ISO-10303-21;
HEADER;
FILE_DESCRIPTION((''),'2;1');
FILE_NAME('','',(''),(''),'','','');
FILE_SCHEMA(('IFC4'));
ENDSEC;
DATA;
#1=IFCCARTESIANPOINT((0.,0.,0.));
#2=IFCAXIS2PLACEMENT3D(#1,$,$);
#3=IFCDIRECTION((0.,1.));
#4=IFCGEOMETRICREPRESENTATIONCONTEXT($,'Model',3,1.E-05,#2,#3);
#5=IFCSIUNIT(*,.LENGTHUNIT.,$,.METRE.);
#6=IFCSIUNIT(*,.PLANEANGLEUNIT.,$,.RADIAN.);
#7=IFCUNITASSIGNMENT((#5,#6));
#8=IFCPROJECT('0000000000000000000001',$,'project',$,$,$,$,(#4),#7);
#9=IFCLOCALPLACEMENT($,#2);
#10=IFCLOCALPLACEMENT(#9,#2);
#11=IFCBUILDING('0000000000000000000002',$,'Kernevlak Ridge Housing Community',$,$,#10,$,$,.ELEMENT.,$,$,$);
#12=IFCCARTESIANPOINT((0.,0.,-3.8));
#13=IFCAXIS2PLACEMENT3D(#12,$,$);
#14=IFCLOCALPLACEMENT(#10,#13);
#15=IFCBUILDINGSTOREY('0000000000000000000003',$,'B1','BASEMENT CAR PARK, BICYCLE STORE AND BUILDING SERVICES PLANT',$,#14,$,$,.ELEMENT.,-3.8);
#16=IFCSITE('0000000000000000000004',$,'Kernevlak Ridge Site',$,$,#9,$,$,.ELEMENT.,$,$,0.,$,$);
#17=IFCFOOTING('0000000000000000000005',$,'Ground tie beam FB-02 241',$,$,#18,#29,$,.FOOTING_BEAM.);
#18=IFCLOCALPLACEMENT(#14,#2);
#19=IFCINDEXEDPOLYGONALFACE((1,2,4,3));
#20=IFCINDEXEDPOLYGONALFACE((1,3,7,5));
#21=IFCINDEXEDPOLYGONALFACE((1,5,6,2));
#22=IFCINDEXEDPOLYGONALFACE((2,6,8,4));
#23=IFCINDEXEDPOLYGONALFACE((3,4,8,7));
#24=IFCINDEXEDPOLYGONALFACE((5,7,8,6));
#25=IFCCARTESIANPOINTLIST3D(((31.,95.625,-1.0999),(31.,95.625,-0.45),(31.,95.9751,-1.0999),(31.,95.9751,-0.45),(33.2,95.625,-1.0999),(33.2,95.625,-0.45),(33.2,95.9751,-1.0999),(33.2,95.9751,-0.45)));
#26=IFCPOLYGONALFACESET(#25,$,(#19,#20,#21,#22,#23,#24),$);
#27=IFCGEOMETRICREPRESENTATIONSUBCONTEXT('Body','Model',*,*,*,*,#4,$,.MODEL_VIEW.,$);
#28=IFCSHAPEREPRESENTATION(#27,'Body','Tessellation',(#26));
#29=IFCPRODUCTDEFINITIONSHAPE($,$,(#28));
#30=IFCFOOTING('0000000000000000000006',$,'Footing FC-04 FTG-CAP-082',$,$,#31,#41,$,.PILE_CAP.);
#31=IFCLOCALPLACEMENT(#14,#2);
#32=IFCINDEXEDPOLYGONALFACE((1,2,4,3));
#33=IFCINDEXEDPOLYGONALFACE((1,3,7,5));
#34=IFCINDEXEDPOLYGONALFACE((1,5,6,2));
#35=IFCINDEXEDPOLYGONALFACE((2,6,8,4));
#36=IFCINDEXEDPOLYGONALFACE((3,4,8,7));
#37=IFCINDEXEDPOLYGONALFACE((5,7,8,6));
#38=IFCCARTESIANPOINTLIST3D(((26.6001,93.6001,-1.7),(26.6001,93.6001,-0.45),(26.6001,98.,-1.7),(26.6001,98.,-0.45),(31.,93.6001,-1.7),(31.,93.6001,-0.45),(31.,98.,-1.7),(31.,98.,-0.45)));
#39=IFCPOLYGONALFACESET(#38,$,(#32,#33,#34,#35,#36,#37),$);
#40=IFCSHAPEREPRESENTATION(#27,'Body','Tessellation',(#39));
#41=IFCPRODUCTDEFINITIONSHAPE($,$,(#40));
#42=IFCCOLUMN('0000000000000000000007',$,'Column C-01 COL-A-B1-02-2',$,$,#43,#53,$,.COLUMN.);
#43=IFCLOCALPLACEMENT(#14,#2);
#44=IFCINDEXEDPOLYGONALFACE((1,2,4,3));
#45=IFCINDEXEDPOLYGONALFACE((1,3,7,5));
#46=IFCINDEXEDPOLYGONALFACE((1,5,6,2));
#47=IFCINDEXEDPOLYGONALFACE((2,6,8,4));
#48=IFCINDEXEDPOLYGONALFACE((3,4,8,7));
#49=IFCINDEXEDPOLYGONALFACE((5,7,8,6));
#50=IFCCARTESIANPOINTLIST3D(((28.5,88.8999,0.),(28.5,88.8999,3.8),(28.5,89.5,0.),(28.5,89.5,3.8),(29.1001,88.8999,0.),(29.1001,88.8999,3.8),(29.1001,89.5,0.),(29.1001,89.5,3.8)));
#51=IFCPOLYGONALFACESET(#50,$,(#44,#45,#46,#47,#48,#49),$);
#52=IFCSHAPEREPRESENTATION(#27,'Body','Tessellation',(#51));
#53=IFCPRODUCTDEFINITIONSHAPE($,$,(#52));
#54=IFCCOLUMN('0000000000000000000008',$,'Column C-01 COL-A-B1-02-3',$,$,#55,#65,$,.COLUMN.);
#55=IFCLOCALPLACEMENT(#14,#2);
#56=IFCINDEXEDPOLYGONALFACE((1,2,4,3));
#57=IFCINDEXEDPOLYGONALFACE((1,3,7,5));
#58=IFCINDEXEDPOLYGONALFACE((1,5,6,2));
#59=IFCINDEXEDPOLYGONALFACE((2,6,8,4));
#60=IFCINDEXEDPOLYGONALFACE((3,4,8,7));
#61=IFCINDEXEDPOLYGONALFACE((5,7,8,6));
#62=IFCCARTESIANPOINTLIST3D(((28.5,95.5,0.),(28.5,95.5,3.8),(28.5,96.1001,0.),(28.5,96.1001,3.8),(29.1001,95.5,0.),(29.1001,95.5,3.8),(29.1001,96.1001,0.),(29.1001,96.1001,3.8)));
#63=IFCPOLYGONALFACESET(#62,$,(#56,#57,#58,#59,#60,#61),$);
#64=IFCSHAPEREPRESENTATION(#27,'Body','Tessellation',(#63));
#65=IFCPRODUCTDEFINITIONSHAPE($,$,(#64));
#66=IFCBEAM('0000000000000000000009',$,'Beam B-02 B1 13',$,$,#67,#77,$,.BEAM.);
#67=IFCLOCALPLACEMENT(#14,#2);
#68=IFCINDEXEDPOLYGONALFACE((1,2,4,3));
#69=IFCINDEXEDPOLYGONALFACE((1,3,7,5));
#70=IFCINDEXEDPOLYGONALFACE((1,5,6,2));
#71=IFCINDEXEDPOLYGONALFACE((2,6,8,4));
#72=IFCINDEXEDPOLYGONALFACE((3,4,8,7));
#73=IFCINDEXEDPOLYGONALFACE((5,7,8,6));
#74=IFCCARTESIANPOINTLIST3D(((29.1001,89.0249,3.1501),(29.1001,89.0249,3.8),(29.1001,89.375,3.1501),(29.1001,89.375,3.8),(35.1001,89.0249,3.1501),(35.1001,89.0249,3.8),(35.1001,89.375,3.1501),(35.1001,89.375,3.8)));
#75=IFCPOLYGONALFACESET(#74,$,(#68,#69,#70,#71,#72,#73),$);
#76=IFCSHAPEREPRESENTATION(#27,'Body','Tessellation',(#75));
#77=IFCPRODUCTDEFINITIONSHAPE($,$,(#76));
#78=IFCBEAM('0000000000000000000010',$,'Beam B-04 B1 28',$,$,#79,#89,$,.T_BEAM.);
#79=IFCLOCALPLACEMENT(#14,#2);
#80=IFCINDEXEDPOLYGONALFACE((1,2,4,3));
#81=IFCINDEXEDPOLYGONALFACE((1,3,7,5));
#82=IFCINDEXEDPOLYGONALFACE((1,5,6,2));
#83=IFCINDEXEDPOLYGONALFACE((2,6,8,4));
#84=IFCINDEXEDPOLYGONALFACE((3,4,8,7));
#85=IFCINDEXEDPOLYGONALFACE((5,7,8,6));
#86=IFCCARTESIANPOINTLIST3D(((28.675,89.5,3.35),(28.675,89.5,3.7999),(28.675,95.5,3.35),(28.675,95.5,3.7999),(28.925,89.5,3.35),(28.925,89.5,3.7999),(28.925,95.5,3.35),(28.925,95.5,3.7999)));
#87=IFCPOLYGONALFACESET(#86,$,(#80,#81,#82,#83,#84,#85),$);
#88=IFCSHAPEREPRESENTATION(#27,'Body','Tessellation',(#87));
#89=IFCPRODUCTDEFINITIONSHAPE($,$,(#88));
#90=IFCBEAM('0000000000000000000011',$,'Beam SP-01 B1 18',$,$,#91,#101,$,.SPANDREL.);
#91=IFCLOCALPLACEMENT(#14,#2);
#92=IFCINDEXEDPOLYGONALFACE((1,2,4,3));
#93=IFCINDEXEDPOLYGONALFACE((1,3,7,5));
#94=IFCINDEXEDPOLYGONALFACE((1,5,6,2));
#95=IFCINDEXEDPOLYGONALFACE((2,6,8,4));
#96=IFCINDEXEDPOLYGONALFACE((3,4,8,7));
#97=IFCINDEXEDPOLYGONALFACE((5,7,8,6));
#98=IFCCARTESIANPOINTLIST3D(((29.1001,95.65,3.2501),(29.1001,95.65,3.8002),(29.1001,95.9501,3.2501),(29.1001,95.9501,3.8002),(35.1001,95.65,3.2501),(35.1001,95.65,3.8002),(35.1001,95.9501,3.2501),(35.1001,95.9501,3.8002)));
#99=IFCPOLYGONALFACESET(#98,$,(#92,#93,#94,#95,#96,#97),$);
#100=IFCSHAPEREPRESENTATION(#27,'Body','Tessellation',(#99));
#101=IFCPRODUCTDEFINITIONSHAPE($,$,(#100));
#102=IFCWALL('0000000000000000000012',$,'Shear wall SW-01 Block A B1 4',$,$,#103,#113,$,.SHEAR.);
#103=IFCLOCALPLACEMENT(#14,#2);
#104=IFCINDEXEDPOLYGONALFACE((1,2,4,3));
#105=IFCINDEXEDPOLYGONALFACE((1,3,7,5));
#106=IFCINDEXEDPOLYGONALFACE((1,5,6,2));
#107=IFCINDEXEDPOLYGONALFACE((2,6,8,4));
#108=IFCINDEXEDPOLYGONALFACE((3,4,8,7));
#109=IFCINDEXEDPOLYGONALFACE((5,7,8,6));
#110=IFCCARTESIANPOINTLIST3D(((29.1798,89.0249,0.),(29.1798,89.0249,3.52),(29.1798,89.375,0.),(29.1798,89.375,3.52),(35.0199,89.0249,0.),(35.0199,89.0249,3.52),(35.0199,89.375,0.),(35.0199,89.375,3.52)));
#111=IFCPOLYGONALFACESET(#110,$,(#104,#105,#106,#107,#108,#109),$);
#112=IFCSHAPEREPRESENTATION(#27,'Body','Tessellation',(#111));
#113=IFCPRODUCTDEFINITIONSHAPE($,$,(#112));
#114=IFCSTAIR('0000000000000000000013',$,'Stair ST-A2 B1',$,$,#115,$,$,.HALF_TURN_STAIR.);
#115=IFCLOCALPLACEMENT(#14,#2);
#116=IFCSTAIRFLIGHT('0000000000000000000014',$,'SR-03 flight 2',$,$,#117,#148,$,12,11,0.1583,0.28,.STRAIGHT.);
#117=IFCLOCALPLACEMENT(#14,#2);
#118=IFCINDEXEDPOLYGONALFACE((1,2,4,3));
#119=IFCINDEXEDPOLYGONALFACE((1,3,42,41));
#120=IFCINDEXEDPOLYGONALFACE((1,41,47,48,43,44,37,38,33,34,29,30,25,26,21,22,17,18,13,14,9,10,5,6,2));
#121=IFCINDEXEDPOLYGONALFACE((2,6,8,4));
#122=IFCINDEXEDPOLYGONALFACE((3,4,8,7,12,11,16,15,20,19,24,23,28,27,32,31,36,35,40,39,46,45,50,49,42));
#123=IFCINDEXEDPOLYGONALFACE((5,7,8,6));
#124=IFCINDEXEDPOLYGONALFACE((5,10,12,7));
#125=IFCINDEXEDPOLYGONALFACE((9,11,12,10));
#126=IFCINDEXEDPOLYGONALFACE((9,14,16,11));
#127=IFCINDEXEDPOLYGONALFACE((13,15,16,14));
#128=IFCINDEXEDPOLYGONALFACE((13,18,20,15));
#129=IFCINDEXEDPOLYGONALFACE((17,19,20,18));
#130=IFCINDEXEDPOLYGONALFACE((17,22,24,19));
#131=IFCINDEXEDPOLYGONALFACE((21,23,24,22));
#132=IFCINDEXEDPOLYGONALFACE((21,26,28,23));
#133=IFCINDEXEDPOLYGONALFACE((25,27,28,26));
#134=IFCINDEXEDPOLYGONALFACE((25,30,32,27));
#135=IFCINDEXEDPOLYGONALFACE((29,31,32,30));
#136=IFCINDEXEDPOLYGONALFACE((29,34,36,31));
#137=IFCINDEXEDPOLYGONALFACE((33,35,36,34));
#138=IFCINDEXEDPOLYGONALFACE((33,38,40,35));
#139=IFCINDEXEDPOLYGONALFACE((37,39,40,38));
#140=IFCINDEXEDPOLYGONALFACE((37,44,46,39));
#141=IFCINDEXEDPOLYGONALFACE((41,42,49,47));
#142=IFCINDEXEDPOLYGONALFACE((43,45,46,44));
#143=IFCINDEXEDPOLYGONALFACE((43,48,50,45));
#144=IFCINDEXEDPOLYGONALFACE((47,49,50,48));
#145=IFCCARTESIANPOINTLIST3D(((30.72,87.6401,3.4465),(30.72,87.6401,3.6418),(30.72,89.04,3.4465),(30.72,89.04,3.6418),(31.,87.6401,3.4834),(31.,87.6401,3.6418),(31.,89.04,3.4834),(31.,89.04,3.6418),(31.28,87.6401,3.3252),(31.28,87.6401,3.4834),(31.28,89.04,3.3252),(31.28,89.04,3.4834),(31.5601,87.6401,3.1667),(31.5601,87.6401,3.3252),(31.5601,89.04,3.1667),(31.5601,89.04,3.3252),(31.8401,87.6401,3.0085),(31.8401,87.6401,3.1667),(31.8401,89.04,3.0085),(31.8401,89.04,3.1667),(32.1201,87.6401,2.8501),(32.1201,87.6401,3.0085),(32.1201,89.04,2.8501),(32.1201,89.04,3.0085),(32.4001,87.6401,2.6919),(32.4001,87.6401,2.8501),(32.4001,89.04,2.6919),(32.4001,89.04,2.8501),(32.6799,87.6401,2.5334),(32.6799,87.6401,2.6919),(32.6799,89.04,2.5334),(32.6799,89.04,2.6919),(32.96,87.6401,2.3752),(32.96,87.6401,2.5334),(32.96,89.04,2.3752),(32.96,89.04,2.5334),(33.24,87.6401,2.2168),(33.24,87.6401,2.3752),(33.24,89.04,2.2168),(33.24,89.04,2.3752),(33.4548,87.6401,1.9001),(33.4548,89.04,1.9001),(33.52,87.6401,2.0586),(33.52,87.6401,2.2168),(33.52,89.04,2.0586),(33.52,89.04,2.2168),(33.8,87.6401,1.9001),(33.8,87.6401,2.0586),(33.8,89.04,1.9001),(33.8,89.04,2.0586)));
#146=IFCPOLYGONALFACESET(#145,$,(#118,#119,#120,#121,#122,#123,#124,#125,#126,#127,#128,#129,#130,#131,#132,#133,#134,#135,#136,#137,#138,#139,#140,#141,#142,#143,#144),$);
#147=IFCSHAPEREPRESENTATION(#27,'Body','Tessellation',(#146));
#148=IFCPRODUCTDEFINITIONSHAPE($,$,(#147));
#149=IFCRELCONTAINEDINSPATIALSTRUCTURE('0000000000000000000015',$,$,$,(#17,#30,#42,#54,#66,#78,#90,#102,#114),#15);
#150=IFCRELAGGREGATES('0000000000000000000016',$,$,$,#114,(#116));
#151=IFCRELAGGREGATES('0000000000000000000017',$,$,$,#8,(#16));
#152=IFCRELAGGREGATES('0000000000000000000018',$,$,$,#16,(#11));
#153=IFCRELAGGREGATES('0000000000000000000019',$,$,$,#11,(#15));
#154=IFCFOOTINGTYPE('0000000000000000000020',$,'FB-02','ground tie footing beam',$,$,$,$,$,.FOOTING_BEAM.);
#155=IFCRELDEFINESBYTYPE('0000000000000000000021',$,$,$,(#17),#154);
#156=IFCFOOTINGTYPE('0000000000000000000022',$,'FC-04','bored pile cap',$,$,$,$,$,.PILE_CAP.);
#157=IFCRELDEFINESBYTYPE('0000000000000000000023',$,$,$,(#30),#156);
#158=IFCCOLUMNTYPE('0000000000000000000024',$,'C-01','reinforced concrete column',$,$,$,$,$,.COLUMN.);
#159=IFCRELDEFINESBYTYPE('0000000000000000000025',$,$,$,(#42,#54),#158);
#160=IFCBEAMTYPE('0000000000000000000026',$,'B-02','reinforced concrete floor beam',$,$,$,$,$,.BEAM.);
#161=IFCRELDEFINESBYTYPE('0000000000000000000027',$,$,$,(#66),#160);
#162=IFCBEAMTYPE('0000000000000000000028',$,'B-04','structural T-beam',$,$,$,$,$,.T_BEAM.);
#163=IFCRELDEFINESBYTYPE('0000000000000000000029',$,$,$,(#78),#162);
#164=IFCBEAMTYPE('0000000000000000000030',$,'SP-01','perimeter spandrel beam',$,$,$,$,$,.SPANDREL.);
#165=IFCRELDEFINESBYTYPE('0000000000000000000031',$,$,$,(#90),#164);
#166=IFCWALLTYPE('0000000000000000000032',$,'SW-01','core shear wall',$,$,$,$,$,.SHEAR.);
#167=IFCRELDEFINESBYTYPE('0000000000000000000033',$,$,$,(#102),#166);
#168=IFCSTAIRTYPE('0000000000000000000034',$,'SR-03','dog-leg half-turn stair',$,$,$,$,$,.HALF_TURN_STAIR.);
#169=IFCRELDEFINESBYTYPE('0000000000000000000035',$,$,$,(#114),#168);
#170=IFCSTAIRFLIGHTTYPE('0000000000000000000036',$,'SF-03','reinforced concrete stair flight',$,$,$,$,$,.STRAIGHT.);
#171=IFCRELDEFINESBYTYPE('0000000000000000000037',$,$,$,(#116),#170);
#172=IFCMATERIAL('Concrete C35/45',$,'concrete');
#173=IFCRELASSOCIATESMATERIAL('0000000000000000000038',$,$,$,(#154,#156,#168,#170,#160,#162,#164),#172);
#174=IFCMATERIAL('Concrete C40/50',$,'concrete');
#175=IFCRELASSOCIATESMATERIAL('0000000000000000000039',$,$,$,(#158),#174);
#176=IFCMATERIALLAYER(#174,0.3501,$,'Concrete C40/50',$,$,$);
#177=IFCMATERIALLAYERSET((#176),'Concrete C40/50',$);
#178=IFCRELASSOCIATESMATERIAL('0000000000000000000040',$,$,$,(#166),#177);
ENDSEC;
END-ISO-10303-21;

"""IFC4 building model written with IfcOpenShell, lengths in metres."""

from ifc_helpers import new_model, si_unit, direction, frame, frame_2d, origin, origin_2d, place, context, subcontext, project, spatial, polyline, rectangle, outline, extrude, material, layer, layer_set, material_profile, profile_set, type_object, element, aggregate, save


model = new_model("IFC4")

# Units and contexts
model_context = context("Model", 3, precision=1e-05, world=origin(), true_north=direction((0.0, 1.0)))
body_context = subcontext(model_context, "Body", "Model", "MODEL_VIEW")
ifc_project = project(units=[si_unit("LENGTHUNIT", "METRE"), si_unit("PLANEANGLEUNIT", "RADIAN")], contexts=[model_context])

# Site, building, storey
site_placement = place(None, origin())
site = spatial("IfcSite", under=ifc_project, at=site_placement, Name="Kernevlak Ridge Site", CompositionType="ELEMENT", RefElevation=0.0)
building_placement = place(site_placement, origin())
building = spatial("IfcBuilding", under=site, at=building_placement, Name="Kernevlak Ridge Housing Community", CompositionType="ELEMENT")
storey_placement = place(building_placement, frame((0.0, 0.0, -3.8)))
storey = spatial("IfcBuildingStorey", under=building, at=storey_placement, Name="B1", Description="BASEMENT CAR PARK, BICYCLE STORE AND BUILDING SERVICES PLANT", CompositionType="ELEMENT", Elevation=-3.8)

# Shared definitions
ifc_material_1 = material(Name="Concrete C35/45", Category="concrete")

# Footings
ifc_material_profile_1 = material_profile(ifc_material_1, rectangle(XDim=0.3501, YDim=0.6499, at=origin_2d()), Name="RC 350x650")
ifc_profile_set_1 = profile_set([ifc_material_profile_1], Name="Concrete C35/45")
footing_type_1 = type_object("IfcFootingType", Name="FB-02", Description="ground tie footing beam", PredefinedType="FOOTING_BEAM", material=ifc_profile_set_1)
footing_1_placement = place(storey_placement, frame((31.0, 95.8, -0.7749), z_axis=(1.0, 0.0, 0.0), x_axis=(0.0, 1.0, 0.0)))
element("IfcFooting", 1, at=footing_1_placement, inside=storey, type_object=footing_type_1, Name="Ground tie beam FB-02 241", PredefinedType="FOOTING_BEAM", context=body_context, shape_type="SweptSolid", body=[
    extrude(rectangle(XDim=0.3501, YDim=0.6499, at=origin_2d()), origin(), (0.0, 0.0, 1.0), 2.2),
])
footing_type_2 = type_object("IfcFootingType", Name="FC-04", Description="bored pile cap", PredefinedType="PILE_CAP", material=ifc_material_1)
footing_2_placement = place(storey_placement, frame((28.8, 95.8, -1.7), z_axis=(0.0, 0.0, 1.0), x_axis=(1.0, 0.0, 0.0)))
element("IfcFooting", 2, at=footing_2_placement, inside=storey, type_object=footing_type_2, Name="Footing FC-04 FTG-CAP-082", PredefinedType="PILE_CAP", context=body_context, shape_type="SweptSolid", body=[
    extrude(rectangle(XDim=4.3999, YDim=4.3999, at=origin_2d()), origin(), (0.0, 0.0, 1.0), 1.25),
])

# Columns
ifc_material_2 = material(Name="Concrete C40/50", Category="concrete")
ifc_material_profile_2 = material_profile(ifc_material_2, rectangle(XDim=0.6001, YDim=0.6001, at=origin_2d()), Name="RC 600x600")
ifc_profile_set_2 = profile_set([ifc_material_profile_2], Name="Concrete C40/50")
column_type = type_object("IfcColumnType", Name="C-01", Description="reinforced concrete column", PredefinedType="COLUMN", material=ifc_profile_set_2)
for number, where, z_axis, x_axis, name in (
    (3, (28.8, 89.2, 0.0), (0.0, 0.0, 1.0), (1.0, 0.0, 0.0), "Column C-01 COL-A-B1-02-2"),
    (4, (28.8, 95.8, 0.0), (0.0, 0.0, 1.0), (1.0, 0.0, 0.0), "Column C-01 COL-A-B1-02-3"),
):
    element("IfcColumn", number, at=place(storey_placement, frame(where, z_axis=z_axis, x_axis=x_axis)), inside=storey, type_object=column_type, Name=name, PredefinedType="COLUMN", context=body_context, shape_type="SweptSolid", body=[
        extrude(rectangle(XDim=0.6001, YDim=0.6001, at=origin_2d()), origin(), (0.0, 0.0, 1.0), 3.8),
    ])

# Beams
ifc_material_profile_3 = material_profile(ifc_material_1, rectangle(XDim=0.3501, YDim=0.6499, at=origin_2d()), Name="RC 350x650")
ifc_profile_set_3 = profile_set([ifc_material_profile_3], Name="Concrete C35/45")
beam_type_1 = type_object("IfcBeamType", Name="B-02", Description="reinforced concrete floor beam", PredefinedType="BEAM", material=ifc_profile_set_3)
beam_1_placement = place(storey_placement, frame((29.1001, 89.2, 3.4751), z_axis=(1.0, 0.0, 0.0), x_axis=(0.0, 1.0, 0.0)))
element("IfcBeam", 5, at=beam_1_placement, inside=storey, type_object=beam_type_1, Name="Beam B-02 B1 13", PredefinedType="BEAM", context=body_context, shape_type="SweptSolid", body=[
    extrude(rectangle(XDim=0.3501, YDim=0.6499, at=origin_2d()), origin(), (0.0, 0.0, 1.0), 6.0),
])
ifc_material_profile_4 = material_profile(ifc_material_1, rectangle(XDim=0.25, YDim=0.45, at=origin_2d()), Name="RC 250x450")
ifc_profile_set_4 = profile_set([ifc_material_profile_4], Name="Concrete C35/45")
beam_type_2 = type_object("IfcBeamType", Name="B-04", Description="structural T-beam", PredefinedType="T_BEAM", material=ifc_profile_set_4)
beam_2_placement = place(storey_placement, frame((28.8, 89.5, 3.575), z_axis=(0.0, 1.0, 0.0), x_axis=(-1.0, 0.0, 0.0)))
element("IfcBeam", 6, at=beam_2_placement, inside=storey, type_object=beam_type_2, Name="Beam B-04 B1 28", PredefinedType="T_BEAM", context=body_context, shape_type="SweptSolid", body=[
    extrude(rectangle(XDim=0.25, YDim=0.45, at=origin_2d()), origin(), (0.0, 0.0, 1.0), 6.0),
])
ifc_material_profile_5 = material_profile(ifc_material_1, rectangle(XDim=0.3, YDim=0.55, at=origin_2d()), Name="RC 300x550")
ifc_profile_set_5 = profile_set([ifc_material_profile_5], Name="Concrete C35/45")
beam_type_3 = type_object("IfcBeamType", Name="SP-01", Description="perimeter spandrel beam", PredefinedType="SPANDREL", material=ifc_profile_set_5)
beam_3_placement = place(storey_placement, frame((29.1001, 95.8, 3.5251), z_axis=(1.0, 0.0, 0.0), x_axis=(0.0, 1.0, 0.0)))
element("IfcBeam", 7, at=beam_3_placement, inside=storey, type_object=beam_type_3, Name="Beam SP-01 B1 18", PredefinedType="SPANDREL", context=body_context, shape_type="SweptSolid", body=[
    extrude(rectangle(XDim=0.3, YDim=0.55, at=origin_2d()), origin(), (0.0, 0.0, 1.0), 6.0),
])

# Wall
ifc_layer = layer(ifc_material_2, 0.3501, Name="Concrete C40/50")
ifc_layer_set = layer_set([ifc_layer], Name="Concrete C40/50")
wall_type = type_object("IfcWallType", Name="SW-01", Description="core shear wall", PredefinedType="SHEAR", material=ifc_layer_set)
wall_placement = place(storey_placement, frame((29.1799, 89.2, 0.0), z_axis=(0.0, 0.0, 1.0), x_axis=(1.0, 0.0, 0.0)))
element("IfcWall", 8, at=wall_placement, inside=storey, type_object=wall_type, Name="Shear wall SW-01 Block A B1 4", PredefinedType="SHEAR", context=body_context, shape_type="SweptSolid", body=[
    extrude(rectangle(XDim=5.8401, YDim=0.3501, at=frame_2d((2.9199, 0.0))), origin(), (0.0, 0.0, 1.0), 3.52),
])

# Stair, stair flight
stair_type = type_object("IfcStairType", Name="SR-03", Description="dog-leg half-turn stair", PredefinedType="HALF_TURN_STAIR", material=ifc_material_1)
stair_placement = place(storey_placement, origin())
stair = element("IfcStair", 9, at=stair_placement, inside=storey, type_object=stair_type, Name="Stair ST-A2 B1", PredefinedType="HALF_TURN_STAIR")
stair_flight_type = type_object("IfcStairFlightType", Name="SF-03", Description="reinforced concrete stair flight", PredefinedType="STRAIGHT", material=ifc_material_1)
stair_flight_placement = place(storey_placement, frame((33.8, 88.3401, 1.9001), z_axis=(0.0, 0.0, 1.0), x_axis=(-1.0, 0.0, 0.0)))
stair_flight = element("IfcStairFlight", 10, at=stair_flight_placement, type_object=stair_flight_type, Name="SR-03 flight 2", NumberOfRisers=12, NumberOfTreads=11, PredefinedType="STRAIGHT", RiserHeight=0.1583, TreadLength=0.28, context=body_context, shape_type="SweptSolid", body=[
    extrude(outline(polyline([(0.0, 0.0), (0.0, 0.1584), (0.28, 0.1584), (0.28, 0.3167), (0.5601, 0.3167), (0.5601, 0.4751), (0.8401, 0.4751), (0.8401, 0.6333), (1.1201, 0.6333), (1.1201, 0.7917), (1.3999, 0.7917), (1.3999, 0.95), (1.6799, 0.95), (1.6799, 1.1084), (1.96, 1.1084), (1.96, 1.2666), (2.24, 1.2666), (2.24, 1.425), (2.52, 1.425), (2.52, 1.5833), (2.8, 1.5833), (2.8, 1.7417), (3.0801, 1.7417), (3.0801, 1.8999), (3.0801, 1.5464), (0.3452, 0.0), (0.0, 0.0)])), frame((0.0, 0.7, 0.0), z_axis=(0.0, -1.0, 0.0), x_axis=(1.0, 0.0, 0.0)), (0.0, 0.0, 1.0), 1.3999),
])
aggregate(stair, [stair_flight])

save(model, "model.ifc")
